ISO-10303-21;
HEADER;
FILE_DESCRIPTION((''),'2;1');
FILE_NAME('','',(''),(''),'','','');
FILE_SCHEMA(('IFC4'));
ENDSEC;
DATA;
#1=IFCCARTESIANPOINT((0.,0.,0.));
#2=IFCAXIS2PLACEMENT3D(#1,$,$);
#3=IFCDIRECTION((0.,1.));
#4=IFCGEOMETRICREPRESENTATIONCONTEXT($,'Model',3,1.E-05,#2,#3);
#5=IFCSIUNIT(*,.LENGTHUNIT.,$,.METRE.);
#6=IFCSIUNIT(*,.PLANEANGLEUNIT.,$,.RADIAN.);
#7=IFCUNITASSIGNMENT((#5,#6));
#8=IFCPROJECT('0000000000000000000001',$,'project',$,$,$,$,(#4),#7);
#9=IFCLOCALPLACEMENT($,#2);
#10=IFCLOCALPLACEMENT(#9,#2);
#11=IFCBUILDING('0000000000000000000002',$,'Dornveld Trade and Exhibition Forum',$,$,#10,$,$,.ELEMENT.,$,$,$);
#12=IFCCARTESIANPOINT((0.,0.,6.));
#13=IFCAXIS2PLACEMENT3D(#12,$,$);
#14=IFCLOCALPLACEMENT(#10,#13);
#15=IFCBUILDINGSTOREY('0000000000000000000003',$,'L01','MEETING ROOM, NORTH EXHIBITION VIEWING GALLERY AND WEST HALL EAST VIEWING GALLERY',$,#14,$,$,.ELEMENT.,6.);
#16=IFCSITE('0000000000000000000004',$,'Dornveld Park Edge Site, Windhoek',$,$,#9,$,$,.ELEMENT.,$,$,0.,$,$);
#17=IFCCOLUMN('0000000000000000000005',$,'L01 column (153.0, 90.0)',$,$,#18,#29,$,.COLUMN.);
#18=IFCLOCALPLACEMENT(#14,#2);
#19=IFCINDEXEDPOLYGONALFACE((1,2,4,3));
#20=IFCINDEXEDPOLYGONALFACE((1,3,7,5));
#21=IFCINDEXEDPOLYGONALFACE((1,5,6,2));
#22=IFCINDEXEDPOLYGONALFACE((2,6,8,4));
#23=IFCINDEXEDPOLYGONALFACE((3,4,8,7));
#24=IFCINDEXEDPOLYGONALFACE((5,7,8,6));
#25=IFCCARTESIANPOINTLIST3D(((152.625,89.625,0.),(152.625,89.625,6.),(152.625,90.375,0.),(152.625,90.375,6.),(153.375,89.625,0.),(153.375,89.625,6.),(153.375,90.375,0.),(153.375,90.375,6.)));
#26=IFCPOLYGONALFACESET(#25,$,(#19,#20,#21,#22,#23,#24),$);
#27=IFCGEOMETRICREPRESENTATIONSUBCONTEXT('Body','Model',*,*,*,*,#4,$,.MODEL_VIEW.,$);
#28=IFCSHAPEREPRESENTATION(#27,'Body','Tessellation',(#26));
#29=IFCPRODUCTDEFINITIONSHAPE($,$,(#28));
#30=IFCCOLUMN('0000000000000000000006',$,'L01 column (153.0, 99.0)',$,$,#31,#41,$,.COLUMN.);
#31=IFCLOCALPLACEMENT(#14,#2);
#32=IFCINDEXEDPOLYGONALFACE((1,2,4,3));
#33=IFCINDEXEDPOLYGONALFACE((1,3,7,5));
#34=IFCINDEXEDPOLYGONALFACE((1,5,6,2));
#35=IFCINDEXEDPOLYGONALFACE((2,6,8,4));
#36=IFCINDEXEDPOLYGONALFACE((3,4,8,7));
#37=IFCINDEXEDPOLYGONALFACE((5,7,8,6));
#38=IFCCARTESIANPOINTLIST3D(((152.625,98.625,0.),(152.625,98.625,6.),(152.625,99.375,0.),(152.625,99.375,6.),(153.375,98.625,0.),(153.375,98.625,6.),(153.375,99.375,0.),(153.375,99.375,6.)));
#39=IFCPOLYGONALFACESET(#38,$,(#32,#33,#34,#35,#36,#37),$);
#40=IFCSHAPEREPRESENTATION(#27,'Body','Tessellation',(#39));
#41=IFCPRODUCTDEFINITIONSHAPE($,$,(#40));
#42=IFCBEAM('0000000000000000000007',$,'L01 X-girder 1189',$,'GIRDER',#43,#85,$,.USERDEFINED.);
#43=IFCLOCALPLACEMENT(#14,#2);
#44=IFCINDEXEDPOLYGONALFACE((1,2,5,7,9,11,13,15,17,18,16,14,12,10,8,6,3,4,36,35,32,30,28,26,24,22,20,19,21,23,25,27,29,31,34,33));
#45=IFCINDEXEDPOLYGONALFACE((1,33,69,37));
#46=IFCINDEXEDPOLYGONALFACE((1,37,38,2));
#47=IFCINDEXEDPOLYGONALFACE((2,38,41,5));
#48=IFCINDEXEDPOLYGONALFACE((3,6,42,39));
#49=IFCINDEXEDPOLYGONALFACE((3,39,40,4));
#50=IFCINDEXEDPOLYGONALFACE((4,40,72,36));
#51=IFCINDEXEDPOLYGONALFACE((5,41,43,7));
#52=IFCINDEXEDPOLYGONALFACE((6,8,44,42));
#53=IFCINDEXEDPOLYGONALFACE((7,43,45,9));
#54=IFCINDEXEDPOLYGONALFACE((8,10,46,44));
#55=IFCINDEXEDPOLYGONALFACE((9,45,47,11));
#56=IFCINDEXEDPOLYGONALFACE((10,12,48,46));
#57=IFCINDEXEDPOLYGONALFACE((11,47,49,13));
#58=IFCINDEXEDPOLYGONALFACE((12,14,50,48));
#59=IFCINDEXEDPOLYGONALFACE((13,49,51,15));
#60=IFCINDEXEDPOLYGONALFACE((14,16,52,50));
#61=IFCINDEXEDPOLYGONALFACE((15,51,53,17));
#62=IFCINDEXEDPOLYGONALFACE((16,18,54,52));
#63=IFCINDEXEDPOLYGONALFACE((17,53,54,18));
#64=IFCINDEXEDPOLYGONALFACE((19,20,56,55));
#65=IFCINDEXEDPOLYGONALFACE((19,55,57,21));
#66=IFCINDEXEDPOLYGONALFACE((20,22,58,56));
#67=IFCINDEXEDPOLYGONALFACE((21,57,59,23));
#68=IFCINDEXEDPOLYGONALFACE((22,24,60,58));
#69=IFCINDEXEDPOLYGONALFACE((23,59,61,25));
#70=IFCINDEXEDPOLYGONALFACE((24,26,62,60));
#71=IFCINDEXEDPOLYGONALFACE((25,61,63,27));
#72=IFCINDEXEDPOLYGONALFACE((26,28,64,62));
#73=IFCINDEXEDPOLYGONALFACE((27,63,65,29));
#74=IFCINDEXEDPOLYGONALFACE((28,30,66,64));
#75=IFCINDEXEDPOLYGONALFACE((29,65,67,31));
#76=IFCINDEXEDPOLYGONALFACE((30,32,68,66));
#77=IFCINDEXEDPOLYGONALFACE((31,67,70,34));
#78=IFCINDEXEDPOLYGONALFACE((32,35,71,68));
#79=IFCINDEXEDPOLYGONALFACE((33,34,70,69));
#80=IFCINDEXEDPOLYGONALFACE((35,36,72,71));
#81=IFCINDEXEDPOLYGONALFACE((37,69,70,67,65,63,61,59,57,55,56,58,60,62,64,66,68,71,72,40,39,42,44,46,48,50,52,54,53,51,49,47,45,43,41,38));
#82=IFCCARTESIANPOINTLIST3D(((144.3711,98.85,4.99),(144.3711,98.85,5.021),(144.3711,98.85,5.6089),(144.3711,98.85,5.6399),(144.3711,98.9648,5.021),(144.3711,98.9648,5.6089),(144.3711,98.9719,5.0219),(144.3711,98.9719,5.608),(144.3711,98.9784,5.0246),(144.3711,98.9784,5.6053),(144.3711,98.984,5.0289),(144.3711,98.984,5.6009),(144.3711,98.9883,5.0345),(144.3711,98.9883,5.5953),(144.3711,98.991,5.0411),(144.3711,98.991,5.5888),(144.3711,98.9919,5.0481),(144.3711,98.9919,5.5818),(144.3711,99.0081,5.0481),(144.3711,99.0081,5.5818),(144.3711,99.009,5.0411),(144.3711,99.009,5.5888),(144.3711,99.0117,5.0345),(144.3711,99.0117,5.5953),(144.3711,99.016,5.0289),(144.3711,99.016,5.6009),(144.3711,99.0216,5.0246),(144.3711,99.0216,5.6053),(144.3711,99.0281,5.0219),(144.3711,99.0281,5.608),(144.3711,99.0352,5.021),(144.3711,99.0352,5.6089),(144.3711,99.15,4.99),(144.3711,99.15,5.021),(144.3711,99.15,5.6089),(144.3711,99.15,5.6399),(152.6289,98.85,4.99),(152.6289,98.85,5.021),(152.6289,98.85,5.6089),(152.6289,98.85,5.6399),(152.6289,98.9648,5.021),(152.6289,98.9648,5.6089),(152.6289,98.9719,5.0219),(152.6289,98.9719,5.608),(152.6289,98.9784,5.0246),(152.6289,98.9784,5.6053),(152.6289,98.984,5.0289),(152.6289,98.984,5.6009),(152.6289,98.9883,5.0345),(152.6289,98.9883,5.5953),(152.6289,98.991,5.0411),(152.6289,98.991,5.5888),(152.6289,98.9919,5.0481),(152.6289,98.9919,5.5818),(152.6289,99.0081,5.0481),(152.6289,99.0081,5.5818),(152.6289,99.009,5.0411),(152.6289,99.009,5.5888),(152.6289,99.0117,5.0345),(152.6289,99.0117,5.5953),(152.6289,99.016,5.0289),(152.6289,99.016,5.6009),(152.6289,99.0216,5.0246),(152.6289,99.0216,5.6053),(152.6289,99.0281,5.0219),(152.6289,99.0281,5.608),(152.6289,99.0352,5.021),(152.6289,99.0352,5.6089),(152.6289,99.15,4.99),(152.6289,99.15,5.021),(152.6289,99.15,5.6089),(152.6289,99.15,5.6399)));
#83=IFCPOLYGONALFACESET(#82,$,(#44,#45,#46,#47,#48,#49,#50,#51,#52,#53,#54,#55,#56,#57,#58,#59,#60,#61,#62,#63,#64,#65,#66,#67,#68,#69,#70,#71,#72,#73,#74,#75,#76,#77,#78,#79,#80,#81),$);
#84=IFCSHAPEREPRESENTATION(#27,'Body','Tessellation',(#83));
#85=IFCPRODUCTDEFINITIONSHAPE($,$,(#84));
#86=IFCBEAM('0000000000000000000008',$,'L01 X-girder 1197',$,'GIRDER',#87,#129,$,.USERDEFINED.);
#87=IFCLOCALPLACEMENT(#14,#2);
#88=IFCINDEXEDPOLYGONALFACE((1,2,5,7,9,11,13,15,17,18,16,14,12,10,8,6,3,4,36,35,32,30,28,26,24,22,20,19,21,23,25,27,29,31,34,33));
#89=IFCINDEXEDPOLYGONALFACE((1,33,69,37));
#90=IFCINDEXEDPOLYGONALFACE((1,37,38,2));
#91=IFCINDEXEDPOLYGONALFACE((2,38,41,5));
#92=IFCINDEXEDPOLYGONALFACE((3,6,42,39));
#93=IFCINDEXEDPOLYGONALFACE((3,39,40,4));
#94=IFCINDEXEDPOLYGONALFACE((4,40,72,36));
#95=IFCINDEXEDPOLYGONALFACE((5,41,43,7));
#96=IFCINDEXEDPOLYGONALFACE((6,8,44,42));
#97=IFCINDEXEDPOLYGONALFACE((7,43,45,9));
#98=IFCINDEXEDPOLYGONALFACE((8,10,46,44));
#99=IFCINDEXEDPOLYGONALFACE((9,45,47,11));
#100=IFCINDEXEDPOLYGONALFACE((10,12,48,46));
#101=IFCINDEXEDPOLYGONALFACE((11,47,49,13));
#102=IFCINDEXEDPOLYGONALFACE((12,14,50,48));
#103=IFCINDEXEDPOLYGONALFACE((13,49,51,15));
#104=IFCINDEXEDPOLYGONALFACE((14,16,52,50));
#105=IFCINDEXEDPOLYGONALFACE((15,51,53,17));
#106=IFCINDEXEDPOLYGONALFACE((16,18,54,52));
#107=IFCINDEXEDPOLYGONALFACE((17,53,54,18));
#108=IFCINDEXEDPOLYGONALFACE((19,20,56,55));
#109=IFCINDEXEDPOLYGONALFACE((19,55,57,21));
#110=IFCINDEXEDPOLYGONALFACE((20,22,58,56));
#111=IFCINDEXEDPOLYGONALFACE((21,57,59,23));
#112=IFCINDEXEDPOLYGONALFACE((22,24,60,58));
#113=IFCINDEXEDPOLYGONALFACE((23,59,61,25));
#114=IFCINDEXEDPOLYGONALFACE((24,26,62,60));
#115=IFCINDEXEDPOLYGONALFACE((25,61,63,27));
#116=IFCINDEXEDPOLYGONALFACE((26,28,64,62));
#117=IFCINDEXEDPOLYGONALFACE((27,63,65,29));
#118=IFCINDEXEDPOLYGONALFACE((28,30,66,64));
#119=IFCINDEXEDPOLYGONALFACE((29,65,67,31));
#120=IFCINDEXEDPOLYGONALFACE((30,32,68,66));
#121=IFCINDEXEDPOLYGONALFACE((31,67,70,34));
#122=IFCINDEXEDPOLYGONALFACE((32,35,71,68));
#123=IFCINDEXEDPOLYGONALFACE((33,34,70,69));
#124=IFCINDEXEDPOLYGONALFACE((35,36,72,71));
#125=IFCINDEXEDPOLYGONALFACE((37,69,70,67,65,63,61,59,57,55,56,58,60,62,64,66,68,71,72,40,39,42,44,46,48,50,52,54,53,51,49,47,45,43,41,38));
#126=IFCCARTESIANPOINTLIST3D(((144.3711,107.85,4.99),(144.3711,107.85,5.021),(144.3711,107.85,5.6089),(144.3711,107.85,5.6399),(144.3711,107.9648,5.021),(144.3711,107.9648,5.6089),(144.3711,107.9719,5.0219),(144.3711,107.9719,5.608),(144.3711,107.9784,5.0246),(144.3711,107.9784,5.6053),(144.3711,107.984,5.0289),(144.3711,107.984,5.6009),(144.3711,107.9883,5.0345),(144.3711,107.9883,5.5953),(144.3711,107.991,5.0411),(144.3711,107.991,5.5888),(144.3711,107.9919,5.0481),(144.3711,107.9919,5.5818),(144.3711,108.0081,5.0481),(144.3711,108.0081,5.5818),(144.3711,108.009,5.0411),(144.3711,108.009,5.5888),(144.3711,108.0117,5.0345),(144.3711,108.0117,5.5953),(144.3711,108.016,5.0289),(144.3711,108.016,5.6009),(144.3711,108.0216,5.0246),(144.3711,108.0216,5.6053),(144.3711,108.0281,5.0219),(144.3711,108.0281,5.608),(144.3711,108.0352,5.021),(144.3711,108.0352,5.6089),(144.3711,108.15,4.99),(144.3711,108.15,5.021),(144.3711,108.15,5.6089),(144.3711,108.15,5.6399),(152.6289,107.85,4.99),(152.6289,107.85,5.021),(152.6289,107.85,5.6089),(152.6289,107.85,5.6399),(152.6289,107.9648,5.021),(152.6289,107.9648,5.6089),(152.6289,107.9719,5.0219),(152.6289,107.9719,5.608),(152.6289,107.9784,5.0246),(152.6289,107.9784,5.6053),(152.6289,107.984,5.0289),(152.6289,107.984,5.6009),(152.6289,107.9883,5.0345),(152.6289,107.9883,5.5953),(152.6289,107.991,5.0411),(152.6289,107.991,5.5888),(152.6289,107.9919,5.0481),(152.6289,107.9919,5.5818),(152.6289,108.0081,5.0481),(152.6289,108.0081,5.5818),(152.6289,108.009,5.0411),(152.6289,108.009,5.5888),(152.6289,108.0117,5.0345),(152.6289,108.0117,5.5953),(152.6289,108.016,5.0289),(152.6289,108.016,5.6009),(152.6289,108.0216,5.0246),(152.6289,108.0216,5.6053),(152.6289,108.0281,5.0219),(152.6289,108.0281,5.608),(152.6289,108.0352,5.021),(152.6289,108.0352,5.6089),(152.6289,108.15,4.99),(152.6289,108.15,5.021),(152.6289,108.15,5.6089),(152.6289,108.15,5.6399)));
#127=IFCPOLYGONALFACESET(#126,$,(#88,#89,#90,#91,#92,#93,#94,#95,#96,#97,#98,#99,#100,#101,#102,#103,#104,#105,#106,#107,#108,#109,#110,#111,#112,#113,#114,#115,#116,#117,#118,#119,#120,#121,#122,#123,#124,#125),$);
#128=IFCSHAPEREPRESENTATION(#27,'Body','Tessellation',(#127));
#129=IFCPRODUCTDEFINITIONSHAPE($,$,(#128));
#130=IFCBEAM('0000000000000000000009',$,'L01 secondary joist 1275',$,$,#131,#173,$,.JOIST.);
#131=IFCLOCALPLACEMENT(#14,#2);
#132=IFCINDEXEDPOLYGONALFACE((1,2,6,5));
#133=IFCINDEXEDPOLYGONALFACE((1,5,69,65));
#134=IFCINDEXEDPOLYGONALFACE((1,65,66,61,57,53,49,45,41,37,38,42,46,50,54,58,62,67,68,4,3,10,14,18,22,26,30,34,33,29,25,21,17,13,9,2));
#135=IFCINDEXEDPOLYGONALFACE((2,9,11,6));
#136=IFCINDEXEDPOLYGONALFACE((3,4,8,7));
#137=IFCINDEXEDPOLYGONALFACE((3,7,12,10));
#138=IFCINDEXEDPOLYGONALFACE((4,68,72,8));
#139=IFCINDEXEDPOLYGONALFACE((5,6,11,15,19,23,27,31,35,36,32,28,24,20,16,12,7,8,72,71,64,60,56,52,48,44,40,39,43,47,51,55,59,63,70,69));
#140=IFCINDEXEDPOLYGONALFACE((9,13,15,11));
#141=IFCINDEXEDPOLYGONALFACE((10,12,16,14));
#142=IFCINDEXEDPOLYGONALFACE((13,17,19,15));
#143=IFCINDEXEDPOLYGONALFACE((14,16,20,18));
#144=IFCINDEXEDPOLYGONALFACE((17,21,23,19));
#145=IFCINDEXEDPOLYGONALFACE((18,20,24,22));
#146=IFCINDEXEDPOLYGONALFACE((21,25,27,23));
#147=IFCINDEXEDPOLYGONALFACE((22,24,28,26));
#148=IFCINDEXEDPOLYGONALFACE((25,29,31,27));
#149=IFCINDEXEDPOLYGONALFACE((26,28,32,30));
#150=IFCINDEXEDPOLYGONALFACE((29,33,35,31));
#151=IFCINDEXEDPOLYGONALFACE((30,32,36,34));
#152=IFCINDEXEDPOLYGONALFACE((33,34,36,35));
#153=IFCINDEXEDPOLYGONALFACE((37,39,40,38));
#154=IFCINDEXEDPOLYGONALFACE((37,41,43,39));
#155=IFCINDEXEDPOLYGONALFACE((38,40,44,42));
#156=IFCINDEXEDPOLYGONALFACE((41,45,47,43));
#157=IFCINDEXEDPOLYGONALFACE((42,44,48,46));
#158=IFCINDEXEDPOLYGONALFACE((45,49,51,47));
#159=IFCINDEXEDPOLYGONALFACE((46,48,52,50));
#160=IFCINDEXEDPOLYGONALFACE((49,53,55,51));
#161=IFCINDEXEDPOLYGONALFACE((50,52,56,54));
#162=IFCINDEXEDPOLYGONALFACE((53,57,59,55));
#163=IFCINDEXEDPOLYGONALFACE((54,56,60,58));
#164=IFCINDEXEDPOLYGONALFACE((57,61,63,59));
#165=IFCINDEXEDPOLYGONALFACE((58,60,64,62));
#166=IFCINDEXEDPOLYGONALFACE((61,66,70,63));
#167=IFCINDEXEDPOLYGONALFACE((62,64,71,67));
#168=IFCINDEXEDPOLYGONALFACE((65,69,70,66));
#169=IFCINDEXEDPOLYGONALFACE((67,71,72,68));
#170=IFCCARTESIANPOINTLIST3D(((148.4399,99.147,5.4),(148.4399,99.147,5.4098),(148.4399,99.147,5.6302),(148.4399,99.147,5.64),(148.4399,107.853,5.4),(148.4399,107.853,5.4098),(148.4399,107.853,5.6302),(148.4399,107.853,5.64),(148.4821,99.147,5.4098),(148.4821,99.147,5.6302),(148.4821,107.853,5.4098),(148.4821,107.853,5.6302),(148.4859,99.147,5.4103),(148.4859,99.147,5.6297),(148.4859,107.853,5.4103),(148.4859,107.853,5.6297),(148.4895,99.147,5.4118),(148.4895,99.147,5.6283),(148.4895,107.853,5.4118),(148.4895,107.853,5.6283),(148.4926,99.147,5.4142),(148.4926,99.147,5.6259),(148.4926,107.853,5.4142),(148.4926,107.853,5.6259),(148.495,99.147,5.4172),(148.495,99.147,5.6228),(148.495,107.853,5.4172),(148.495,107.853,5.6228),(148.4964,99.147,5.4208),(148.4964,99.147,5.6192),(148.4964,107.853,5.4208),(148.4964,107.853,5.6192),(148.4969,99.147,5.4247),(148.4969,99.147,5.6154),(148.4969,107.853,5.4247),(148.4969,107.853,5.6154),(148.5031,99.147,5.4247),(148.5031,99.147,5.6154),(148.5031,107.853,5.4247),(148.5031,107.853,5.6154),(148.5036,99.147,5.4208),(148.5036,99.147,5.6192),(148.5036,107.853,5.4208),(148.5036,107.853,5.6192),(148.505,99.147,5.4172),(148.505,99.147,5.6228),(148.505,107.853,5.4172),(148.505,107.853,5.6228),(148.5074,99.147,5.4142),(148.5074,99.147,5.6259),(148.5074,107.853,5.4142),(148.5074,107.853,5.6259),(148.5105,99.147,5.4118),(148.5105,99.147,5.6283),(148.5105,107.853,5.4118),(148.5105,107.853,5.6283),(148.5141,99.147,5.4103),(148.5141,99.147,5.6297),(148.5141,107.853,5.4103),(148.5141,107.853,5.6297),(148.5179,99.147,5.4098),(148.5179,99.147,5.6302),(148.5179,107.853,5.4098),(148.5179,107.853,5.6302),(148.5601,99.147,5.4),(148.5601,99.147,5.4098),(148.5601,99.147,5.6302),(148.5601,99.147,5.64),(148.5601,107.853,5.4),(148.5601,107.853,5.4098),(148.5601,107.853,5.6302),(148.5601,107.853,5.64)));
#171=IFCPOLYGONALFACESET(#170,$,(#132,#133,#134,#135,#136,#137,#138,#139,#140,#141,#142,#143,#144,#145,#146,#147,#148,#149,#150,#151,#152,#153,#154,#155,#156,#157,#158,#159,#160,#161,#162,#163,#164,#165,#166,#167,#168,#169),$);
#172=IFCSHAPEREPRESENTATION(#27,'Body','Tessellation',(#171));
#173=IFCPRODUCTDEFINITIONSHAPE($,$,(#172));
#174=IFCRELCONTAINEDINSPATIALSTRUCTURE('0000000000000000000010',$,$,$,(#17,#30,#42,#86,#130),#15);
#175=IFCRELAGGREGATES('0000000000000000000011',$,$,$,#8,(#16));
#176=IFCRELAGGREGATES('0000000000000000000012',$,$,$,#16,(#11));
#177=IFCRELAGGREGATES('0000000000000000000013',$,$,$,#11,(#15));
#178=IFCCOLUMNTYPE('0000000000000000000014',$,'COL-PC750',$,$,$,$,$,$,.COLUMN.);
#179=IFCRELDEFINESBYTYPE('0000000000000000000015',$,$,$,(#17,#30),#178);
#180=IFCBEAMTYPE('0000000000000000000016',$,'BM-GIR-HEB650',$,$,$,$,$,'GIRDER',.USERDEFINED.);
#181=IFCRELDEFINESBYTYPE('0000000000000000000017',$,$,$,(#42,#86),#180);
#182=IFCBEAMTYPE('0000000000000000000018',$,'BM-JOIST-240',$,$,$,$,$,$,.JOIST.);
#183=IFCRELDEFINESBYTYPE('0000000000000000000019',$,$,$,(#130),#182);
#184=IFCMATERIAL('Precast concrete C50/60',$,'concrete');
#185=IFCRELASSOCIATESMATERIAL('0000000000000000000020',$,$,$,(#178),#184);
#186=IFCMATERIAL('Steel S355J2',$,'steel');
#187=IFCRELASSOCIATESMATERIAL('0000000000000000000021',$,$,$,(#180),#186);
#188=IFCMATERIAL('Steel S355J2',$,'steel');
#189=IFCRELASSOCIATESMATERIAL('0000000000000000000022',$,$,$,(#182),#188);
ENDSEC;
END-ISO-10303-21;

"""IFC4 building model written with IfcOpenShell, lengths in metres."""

from ifc_helpers import new_model, si_unit, direction, frame, origin, origin_2d, place, context, subcontext, project, spatial, rectangle, i_section, extrude, material, material_profile, profile_set, type_object, element, save


model = new_model("IFC4")

# Units and contexts
model_context = context("Model", 3, precision=1e-05, world=origin(), true_north=direction((0.0, 1.0)))
body_context = subcontext(model_context, "Body", "Model", "MODEL_VIEW")
ifc_project = project(units=[si_unit("LENGTHUNIT", "METRE"), si_unit("PLANEANGLEUNIT", "RADIAN")], contexts=[model_context])

# Site, building, storey
site_placement = place(None, origin())
site = spatial("IfcSite", under=ifc_project, at=site_placement, Name="Dornveld Park Edge Site, Windhoek", CompositionType="ELEMENT", RefElevation=0.0)
building_placement = place(site_placement, origin())
building = spatial("IfcBuilding", under=site, at=building_placement, Name="Dornveld Trade and Exhibition Forum", CompositionType="ELEMENT")
storey_placement = place(building_placement, frame((0.0, 0.0, 6.0)))
storey = spatial("IfcBuildingStorey", under=building, at=storey_placement, Name="L01", Description="MEETING ROOM, NORTH EXHIBITION VIEWING GALLERY AND WEST HALL EAST VIEWING GALLERY", CompositionType="ELEMENT", Elevation=6.0)

# Columns
ifc_material_1 = material(Name="Precast concrete C50/60", Category="concrete")
ifc_material_profile_1 = material_profile(ifc_material_1, rectangle(XDim=0.75, YDim=0.75, at=origin_2d()), Name="PC-COL 750x750")
ifc_profile_set_1 = profile_set([ifc_material_profile_1], Name="Precast concrete C50/60")
column_type = type_object("IfcColumnType", Name="COL-PC750", PredefinedType="COLUMN", material=ifc_profile_set_1)
for number, where, z_axis, x_axis, name in (
    (1, (153.0, 90.0, 0.0), (0.0, 0.0, 1.0), (1.0, 0.0, 0.0), "L01 column (153.0, 90.0)"),
    (2, (153.0, 99.0, 0.0), (0.0, 0.0, 1.0), (1.0, 0.0, 0.0), "L01 column (153.0, 99.0)"),
):
    element("IfcColumn", number, at=place(storey_placement, frame(where, z_axis=z_axis, x_axis=x_axis)), inside=storey, type_object=column_type, Name=name, PredefinedType="COLUMN", context=body_context, shape_type="SweptSolid", body=[
        extrude(rectangle(XDim=0.75, YDim=0.75, at=origin_2d()), origin(), (0.0, 0.0, 1.0), 6.0),
    ])

# Beams
ifc_material_2 = material(Name="Steel S355J2", Category="steel")
ifc_material_profile_2 = material_profile(ifc_material_2, i_section(OverallWidth=0.3, OverallDepth=0.6499, WebThickness=0.0161, FlangeThickness=0.031, FilletRadius=0.0271, at=origin_2d()), Name="HEB 650")
ifc_profile_set_2 = profile_set([ifc_material_profile_2], Name="Steel S355J2")
beam_type_1 = type_object("IfcBeamType", Name="BM-GIR-HEB650", ElementType="GIRDER", PredefinedType="USERDEFINED", material=ifc_profile_set_2)
for number, where, z_axis, x_axis, name in (
    (3, (144.3711, 99.0, 5.3149), (1.0, 0.0, 0.0), (0.0, 1.0, 0.0), "L01 X-girder 1189"),
    (4, (144.3711, 108.0, 5.3149), (1.0, 0.0, 0.0), (0.0, 1.0, 0.0), "L01 X-girder 1197"),
):
    element("IfcBeam", number, at=place(storey_placement, frame(where, z_axis=z_axis, x_axis=x_axis)), inside=storey, type_object=beam_type_1, Name=name, ObjectType="GIRDER", PredefinedType="USERDEFINED", context=body_context, shape_type="SweptSolid", body=[
        extrude(i_section(OverallWidth=0.3, OverallDepth=0.6499, WebThickness=0.0161, FlangeThickness=0.031, FilletRadius=0.0271, at=origin_2d()), origin(), (0.0, 0.0, 1.0), 8.2578),
    ])
ifc_material_3 = material(Name="Steel S355J2", Category="steel")
ifc_material_profile_3 = material_profile(ifc_material_3, i_section(OverallWidth=0.1201, OverallDepth=0.24, WebThickness=0.0061, FlangeThickness=0.0098, FilletRadius=0.0149, at=origin_2d()), Name="IPE 240")
ifc_profile_set_3 = profile_set([ifc_material_profile_3], Name="Steel S355J2")
beam_type_2 = type_object("IfcBeamType", Name="BM-JOIST-240", PredefinedType="JOIST", material=ifc_profile_set_3)
beam_placement = place(storey_placement, frame((148.5, 99.147, 5.52), z_axis=(0.0, 1.0, 0.0), x_axis=(-1.0, 0.0, 0.0)))
element("IfcBeam", 5, at=beam_placement, inside=storey, type_object=beam_type_2, Name="L01 secondary joist 1275", PredefinedType="JOIST", context=body_context, shape_type="SweptSolid", body=[
    extrude(i_section(OverallWidth=0.1201, OverallDepth=0.24, WebThickness=0.0061, FlangeThickness=0.0098, FilletRadius=0.0149, at=origin_2d()), origin(), (0.0, 0.0, 1.0), 8.7061),
])

save(model, "model.ifc")
